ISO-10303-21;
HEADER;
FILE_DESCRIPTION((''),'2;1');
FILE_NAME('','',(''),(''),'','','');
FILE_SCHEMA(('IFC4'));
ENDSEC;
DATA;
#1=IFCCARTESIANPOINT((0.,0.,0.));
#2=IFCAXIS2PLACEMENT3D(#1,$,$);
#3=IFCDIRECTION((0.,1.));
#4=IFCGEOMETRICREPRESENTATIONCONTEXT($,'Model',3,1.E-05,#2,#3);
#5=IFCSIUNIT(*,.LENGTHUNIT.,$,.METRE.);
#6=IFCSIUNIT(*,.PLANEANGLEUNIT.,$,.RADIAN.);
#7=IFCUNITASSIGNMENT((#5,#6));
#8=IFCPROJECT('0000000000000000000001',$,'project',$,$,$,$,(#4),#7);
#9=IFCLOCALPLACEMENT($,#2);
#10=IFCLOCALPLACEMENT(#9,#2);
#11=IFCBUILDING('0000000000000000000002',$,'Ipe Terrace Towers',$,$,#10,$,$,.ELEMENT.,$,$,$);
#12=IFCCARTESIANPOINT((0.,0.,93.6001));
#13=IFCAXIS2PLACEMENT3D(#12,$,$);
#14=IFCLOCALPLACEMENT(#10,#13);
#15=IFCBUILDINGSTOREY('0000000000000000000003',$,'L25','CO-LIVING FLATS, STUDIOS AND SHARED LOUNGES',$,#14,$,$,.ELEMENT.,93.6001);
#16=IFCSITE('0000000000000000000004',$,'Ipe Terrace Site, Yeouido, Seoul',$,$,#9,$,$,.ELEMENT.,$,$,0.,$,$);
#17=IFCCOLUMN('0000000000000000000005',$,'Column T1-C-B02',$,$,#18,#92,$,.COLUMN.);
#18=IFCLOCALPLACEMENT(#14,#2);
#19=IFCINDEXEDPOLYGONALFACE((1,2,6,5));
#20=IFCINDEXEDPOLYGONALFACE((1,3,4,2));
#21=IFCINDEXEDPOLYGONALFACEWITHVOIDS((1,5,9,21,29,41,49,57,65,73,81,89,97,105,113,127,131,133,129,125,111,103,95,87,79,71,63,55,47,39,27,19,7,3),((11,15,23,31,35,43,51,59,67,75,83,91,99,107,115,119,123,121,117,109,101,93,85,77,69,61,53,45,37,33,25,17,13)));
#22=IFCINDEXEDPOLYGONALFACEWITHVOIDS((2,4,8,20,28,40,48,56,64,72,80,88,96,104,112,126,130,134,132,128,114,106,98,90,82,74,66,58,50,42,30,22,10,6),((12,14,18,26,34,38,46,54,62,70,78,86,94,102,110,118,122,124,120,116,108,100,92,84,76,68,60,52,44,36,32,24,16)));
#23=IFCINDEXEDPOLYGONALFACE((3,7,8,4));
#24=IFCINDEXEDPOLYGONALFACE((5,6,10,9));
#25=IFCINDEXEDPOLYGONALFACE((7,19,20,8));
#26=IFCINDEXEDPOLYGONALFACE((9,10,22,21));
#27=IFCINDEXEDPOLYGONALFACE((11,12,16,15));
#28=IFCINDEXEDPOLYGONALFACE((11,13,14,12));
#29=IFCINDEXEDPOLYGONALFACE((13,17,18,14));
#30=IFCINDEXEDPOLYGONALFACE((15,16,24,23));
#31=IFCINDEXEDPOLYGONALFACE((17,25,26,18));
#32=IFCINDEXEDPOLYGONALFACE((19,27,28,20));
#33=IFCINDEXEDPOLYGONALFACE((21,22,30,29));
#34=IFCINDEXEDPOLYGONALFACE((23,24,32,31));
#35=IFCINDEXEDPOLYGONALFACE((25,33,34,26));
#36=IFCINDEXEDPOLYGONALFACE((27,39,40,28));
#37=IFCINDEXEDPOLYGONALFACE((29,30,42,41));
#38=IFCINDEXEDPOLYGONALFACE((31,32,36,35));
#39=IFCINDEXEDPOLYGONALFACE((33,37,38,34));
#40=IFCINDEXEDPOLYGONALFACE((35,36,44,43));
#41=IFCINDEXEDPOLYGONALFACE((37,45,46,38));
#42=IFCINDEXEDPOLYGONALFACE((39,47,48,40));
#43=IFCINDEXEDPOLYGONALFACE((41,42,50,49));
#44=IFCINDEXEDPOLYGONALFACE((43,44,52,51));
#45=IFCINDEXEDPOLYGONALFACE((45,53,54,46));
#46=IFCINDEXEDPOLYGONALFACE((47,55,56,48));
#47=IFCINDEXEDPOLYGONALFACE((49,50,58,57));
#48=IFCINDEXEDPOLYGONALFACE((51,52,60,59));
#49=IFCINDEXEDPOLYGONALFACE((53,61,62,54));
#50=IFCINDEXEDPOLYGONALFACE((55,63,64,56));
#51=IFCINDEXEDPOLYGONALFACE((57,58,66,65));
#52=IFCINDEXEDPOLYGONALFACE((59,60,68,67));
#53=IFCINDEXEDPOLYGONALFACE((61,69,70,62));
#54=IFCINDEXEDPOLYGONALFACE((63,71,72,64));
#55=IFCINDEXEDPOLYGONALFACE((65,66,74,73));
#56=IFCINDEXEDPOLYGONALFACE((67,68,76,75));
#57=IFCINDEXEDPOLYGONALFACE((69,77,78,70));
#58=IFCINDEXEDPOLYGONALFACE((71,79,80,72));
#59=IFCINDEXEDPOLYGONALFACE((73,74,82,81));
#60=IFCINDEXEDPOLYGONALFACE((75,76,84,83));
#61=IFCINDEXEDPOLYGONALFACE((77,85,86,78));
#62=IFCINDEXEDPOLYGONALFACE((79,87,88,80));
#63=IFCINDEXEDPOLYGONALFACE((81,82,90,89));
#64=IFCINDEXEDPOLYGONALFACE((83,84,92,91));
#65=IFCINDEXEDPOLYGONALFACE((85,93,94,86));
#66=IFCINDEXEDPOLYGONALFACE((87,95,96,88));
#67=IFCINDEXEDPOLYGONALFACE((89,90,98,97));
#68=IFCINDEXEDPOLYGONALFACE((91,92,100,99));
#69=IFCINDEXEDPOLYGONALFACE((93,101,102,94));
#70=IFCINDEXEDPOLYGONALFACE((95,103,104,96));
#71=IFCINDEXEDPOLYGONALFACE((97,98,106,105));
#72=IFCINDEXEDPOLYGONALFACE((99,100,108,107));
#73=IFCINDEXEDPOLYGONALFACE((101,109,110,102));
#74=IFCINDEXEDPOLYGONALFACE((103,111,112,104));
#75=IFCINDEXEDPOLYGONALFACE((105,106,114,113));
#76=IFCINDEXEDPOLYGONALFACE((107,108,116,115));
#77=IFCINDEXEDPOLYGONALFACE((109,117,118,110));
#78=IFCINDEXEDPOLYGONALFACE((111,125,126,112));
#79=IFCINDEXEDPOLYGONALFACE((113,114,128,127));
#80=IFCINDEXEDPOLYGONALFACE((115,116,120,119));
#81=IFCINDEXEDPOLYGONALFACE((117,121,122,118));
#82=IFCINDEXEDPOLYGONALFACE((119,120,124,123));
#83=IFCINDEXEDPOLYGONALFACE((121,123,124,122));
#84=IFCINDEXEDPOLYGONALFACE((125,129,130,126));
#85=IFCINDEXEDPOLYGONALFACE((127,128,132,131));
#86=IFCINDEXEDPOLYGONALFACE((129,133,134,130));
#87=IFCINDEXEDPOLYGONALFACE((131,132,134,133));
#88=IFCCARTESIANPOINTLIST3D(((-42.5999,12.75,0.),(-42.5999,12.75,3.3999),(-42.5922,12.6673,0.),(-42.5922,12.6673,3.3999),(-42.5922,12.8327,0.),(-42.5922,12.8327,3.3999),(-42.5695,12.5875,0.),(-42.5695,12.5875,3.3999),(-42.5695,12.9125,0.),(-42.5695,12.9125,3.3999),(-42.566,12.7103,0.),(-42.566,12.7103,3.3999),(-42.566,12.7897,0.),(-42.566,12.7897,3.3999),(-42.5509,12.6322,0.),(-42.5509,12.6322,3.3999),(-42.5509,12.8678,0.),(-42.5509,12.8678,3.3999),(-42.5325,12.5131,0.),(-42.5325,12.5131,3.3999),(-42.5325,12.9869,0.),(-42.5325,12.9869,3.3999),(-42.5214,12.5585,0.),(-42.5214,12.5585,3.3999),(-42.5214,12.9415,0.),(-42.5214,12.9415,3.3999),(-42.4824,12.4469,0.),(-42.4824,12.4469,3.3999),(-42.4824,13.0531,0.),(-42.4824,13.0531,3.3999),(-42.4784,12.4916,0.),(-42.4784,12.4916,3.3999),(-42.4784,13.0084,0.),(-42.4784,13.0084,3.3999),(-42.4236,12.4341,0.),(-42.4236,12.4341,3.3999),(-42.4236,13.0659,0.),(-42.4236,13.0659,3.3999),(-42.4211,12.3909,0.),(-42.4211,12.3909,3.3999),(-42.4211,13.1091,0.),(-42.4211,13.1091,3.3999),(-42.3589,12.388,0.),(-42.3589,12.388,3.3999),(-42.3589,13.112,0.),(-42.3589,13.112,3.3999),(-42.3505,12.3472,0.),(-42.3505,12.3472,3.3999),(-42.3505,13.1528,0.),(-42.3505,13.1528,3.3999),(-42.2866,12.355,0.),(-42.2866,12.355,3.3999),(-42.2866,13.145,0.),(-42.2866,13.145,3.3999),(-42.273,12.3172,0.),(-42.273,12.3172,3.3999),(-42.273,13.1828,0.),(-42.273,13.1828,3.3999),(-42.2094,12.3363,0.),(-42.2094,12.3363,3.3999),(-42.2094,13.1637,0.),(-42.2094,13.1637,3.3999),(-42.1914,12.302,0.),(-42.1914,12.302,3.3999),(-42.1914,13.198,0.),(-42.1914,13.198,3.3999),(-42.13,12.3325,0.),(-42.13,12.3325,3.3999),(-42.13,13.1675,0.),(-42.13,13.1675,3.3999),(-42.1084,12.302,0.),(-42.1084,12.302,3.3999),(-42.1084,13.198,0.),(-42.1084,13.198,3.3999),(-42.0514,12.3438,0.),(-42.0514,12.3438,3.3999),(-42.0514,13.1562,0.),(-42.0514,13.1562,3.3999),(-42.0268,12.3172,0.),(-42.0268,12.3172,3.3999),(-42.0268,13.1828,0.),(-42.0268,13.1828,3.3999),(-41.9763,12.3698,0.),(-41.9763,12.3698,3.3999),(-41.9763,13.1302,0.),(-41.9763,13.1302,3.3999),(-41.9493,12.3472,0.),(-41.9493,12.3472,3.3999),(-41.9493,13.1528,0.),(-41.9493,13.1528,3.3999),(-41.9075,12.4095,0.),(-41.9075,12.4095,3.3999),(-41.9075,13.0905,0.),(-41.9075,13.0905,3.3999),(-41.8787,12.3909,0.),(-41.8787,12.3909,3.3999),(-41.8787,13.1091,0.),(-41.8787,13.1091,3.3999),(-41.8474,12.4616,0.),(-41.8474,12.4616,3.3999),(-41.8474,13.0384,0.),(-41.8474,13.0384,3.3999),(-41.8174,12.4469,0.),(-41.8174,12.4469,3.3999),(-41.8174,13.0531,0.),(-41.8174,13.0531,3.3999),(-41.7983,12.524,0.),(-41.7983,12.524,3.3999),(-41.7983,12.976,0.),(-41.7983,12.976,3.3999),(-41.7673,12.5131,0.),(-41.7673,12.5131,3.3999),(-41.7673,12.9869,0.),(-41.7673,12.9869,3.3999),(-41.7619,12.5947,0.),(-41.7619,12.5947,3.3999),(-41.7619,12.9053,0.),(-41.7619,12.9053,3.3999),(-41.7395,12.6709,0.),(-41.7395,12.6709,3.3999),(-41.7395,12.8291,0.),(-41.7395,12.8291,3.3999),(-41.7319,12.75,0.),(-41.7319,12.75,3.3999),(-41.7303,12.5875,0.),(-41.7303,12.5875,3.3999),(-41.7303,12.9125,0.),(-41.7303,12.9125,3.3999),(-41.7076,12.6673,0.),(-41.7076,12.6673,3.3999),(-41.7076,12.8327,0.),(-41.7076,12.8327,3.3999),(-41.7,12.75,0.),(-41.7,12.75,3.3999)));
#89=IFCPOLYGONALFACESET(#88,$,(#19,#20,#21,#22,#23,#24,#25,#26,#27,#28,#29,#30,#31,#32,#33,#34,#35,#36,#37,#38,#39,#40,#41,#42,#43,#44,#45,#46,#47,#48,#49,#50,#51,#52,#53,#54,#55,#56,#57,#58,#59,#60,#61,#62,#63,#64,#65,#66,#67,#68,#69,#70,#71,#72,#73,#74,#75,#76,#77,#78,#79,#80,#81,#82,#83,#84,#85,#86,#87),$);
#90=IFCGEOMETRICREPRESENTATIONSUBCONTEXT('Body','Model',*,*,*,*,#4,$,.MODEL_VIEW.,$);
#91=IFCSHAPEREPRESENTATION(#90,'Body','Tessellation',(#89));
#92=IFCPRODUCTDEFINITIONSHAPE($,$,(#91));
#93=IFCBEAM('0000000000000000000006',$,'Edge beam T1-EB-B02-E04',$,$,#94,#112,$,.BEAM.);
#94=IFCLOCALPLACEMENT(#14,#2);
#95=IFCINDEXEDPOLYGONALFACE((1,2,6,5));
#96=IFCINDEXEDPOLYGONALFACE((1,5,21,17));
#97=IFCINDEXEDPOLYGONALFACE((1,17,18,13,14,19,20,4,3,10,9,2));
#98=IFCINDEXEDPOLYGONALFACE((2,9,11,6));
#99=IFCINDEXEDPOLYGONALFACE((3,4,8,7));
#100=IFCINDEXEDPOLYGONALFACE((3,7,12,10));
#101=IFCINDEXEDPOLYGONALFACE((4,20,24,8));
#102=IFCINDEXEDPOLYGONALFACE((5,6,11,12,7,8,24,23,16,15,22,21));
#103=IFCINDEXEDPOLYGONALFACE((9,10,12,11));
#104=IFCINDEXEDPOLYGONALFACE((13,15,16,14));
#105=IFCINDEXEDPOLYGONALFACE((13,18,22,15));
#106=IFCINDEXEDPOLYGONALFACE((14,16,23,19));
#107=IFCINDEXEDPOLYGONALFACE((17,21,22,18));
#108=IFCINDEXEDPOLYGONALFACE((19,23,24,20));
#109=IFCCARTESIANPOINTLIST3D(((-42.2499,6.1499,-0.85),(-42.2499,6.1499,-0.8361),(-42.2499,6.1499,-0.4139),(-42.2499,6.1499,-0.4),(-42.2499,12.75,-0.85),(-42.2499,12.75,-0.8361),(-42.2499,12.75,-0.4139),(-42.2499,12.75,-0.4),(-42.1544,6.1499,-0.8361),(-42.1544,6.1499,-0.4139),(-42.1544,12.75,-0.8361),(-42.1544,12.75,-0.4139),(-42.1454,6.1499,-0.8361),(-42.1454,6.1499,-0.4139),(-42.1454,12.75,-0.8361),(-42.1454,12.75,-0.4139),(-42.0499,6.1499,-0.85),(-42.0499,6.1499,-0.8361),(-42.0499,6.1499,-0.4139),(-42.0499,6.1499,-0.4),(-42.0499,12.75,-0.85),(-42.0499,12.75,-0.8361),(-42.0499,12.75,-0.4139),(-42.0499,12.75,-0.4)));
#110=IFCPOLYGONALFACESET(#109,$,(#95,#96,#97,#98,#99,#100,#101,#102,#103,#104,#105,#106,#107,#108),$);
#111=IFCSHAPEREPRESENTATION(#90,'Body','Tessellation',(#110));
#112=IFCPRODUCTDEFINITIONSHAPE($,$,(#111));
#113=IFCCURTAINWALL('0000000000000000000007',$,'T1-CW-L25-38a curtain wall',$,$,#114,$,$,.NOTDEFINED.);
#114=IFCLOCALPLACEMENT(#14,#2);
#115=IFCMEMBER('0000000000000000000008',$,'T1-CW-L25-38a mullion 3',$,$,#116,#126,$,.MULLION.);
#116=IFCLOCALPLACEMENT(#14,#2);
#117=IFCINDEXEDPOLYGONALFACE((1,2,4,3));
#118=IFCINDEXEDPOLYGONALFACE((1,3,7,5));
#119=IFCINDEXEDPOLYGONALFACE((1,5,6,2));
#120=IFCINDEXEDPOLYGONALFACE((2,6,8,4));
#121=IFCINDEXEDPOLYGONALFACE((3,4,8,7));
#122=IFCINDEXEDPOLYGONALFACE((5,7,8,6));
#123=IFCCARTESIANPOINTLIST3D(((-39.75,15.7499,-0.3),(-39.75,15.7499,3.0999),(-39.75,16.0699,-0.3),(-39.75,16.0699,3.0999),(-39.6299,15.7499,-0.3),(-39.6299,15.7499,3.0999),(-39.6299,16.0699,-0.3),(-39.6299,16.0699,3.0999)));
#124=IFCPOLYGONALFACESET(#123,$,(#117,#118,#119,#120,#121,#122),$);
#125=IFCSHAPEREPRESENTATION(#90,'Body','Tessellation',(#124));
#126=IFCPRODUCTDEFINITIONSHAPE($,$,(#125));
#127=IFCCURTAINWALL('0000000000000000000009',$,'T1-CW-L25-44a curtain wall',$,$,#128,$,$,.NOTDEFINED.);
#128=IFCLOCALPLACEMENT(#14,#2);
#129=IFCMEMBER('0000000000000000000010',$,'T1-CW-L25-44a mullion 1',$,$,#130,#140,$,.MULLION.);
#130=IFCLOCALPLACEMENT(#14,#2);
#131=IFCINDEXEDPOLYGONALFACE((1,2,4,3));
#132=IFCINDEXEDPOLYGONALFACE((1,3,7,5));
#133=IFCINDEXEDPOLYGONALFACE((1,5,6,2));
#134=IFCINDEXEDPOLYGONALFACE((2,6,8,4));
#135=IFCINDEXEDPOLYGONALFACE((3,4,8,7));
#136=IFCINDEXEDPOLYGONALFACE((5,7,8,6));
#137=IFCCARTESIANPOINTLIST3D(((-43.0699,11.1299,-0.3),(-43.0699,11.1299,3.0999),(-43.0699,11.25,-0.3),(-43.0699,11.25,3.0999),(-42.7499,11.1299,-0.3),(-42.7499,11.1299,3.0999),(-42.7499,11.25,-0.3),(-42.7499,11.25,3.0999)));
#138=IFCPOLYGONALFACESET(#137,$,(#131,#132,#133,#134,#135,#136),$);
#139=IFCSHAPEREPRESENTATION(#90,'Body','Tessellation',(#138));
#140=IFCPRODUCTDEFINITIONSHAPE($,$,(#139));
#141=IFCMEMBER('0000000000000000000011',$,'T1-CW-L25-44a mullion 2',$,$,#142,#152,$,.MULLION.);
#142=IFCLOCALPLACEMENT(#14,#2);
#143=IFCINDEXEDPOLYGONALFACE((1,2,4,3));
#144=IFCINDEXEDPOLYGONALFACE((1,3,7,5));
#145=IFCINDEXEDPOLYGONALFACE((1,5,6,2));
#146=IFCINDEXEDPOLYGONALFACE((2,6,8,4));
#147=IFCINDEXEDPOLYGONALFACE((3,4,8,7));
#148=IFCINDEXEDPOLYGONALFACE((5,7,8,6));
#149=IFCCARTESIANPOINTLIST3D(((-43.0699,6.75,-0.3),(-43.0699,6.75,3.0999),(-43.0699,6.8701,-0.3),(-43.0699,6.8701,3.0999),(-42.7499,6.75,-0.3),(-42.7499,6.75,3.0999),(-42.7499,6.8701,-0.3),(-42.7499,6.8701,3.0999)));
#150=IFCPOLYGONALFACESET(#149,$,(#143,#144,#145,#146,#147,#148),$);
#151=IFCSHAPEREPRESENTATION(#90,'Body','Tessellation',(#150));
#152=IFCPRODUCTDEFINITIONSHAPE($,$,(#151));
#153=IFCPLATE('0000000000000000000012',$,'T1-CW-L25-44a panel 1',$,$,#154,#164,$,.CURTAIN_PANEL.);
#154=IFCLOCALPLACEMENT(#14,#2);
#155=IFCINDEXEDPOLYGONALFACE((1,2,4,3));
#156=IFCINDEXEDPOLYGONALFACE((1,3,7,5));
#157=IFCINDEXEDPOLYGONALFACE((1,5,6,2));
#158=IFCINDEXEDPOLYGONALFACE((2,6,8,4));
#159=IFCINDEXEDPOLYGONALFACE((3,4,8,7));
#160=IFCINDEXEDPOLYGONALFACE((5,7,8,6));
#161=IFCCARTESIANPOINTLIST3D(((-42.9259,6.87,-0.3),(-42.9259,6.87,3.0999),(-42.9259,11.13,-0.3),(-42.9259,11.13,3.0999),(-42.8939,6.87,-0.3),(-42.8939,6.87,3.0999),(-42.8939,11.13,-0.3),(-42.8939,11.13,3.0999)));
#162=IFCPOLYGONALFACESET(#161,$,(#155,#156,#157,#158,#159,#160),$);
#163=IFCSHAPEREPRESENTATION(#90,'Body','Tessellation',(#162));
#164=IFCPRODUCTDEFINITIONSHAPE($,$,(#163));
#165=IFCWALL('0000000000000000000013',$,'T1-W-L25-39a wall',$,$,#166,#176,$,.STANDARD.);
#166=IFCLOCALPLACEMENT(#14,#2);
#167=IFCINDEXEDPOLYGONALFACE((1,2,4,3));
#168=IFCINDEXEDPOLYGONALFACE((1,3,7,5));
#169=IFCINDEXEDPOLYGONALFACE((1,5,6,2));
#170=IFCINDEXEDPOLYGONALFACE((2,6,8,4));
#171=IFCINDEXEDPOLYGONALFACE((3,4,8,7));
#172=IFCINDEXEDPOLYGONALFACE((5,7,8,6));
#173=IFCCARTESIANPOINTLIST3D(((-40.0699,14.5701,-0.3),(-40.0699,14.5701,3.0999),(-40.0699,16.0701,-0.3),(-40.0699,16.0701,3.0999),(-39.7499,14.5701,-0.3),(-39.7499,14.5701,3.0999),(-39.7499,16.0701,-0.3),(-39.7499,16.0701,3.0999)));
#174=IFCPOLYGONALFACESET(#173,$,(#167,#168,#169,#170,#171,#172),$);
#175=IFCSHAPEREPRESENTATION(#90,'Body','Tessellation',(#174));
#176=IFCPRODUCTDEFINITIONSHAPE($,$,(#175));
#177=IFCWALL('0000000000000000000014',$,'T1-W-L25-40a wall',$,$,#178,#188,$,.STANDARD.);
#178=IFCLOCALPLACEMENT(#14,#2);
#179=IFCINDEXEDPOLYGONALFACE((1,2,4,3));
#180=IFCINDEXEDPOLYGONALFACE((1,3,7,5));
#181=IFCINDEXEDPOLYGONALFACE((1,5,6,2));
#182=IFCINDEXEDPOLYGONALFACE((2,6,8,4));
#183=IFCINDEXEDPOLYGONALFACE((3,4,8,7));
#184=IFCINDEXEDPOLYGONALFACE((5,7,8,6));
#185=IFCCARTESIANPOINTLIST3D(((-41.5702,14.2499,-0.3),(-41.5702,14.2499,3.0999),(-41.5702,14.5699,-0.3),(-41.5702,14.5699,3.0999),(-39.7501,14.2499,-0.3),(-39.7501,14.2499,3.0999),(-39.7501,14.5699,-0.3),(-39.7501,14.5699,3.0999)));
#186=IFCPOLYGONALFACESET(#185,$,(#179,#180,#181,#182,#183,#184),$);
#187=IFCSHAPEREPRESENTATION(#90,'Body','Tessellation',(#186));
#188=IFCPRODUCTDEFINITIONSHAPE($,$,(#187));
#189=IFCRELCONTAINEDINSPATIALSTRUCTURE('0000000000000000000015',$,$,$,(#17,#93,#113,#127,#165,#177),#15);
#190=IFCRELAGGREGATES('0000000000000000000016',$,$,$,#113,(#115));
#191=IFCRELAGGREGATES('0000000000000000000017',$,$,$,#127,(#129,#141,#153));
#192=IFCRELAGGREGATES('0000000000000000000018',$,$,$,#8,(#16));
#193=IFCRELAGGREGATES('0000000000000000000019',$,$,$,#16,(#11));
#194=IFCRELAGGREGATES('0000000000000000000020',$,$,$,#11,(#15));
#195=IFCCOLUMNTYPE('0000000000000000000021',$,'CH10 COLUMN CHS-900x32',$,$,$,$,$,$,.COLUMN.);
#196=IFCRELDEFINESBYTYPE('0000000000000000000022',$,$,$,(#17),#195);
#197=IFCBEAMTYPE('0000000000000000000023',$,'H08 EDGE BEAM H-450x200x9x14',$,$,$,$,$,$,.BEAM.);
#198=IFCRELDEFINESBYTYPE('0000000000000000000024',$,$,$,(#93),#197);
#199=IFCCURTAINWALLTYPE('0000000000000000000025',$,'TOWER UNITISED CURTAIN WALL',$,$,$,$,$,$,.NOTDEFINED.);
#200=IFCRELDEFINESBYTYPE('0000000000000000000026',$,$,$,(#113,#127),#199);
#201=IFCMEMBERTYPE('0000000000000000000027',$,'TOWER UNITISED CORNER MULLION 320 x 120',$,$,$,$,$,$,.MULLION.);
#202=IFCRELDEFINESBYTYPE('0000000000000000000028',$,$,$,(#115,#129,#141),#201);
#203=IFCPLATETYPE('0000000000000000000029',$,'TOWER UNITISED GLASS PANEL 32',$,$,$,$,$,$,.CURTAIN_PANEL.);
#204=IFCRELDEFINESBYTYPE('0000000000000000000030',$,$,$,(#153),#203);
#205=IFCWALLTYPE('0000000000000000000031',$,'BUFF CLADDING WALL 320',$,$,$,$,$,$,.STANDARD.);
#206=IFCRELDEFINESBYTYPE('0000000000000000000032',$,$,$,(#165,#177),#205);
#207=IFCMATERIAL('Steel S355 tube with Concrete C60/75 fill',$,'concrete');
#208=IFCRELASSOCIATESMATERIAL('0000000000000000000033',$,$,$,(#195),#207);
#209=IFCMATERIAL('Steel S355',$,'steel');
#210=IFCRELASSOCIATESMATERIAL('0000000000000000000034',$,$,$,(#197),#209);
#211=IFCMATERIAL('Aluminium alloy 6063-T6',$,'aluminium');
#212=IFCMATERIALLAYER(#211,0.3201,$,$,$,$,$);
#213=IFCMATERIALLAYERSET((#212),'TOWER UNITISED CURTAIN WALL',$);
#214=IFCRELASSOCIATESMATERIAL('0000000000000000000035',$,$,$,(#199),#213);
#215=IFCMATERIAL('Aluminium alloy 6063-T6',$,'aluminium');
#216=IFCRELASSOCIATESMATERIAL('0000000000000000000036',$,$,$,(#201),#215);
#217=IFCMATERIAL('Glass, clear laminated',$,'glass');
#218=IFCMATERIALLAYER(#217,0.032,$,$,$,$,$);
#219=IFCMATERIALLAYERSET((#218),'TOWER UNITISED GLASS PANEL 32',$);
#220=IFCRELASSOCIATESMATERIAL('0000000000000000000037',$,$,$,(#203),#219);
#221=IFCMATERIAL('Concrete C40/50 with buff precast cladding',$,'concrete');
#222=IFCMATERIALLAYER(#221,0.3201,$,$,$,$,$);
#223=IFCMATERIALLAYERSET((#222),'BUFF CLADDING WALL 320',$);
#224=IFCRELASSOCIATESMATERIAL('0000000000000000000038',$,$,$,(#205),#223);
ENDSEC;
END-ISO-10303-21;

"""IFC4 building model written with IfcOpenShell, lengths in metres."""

from ifc_helpers import new_model, si_unit, direction, frame, frame_2d, origin, origin_2d, place, context, subcontext, project, spatial, rectangle, hollow_circle, i_section, extrude, material, layer, layer_set, material_profile, profile_set, type_object, element, aggregate, save


model = new_model("IFC4")

# Units and contexts
model_context = context("Model", 3, precision=1e-05, world=origin(), true_north=direction((0.0, 1.0)))
body_context = subcontext(model_context, "Body", "Model", "MODEL_VIEW")
ifc_project = project(units=[si_unit("LENGTHUNIT", "METRE"), si_unit("PLANEANGLEUNIT", "RADIAN")], contexts=[model_context])

# Site, building, storey
site_placement = place(None, origin())
site = spatial("IfcSite", under=ifc_project, at=site_placement, Name="Ipe Terrace Site, Yeouido, Seoul", CompositionType="ELEMENT", RefElevation=0.0)
building_placement = place(site_placement, origin())
building = spatial("IfcBuilding", under=site, at=building_placement, Name="Ipe Terrace Towers", CompositionType="ELEMENT")
storey_placement = place(building_placement, frame((0.0, 0.0, 93.6001)))
storey = spatial("IfcBuildingStorey", under=building, at=storey_placement, Name="L25", Description="CO-LIVING FLATS, STUDIOS AND SHARED LOUNGES", CompositionType="ELEMENT", Elevation=93.6001)

# Column
ifc_material_1 = material(Name="Steel S355 tube with Concrete C60/75 fill", Category="concrete")
ifc_material_profile_1 = material_profile(ifc_material_1, hollow_circle(Radius=0.45, WallThickness=0.032, at=origin_2d()), Name="CHS-900x32")
ifc_profile_set_1 = profile_set([ifc_material_profile_1], Name="Steel S355 tube with Concrete C60/75 fill")
column_type = type_object("IfcColumnType", Name="CH10 COLUMN CHS-900x32", PredefinedType="COLUMN", material=ifc_profile_set_1)
column_placement = place(storey_placement, frame((-42.1499, 12.75, 0.0), z_axis=(0.0, 0.0, 1.0), x_axis=(1.0, 0.0, 0.0)))
element("IfcColumn", 1, at=column_placement, inside=storey, type_object=column_type, Name="Column T1-C-B02", PredefinedType="COLUMN", context=body_context, shape_type="SweptSolid", body=[
    extrude(hollow_circle(Radius=0.45, WallThickness=0.032, at=origin_2d()), origin(), (0.0, 0.0, 1.0), 3.3999),
])

# Beam
ifc_material_2 = material(Name="Steel S355", Category="steel")
ifc_material_profile_2 = material_profile(ifc_material_2, i_section(OverallWidth=0.2, OverallDepth=0.45, WebThickness=0.009, FlangeThickness=0.0139, at=origin_2d()), Name="H-450x200x9x14")
ifc_profile_set_2 = profile_set([ifc_material_profile_2], Name="Steel S355")
beam_type = type_object("IfcBeamType", Name="H08 EDGE BEAM H-450x200x9x14", PredefinedType="BEAM", material=ifc_profile_set_2)
beam_placement = place(storey_placement, frame((-42.1499, 12.75, -0.625), z_axis=(0.0, -1.0, 0.0), x_axis=(1.0, 0.0, 0.0)))
element("IfcBeam", 2, at=beam_placement, inside=storey, type_object=beam_type, Name="Edge beam T1-EB-B02-E04", PredefinedType="BEAM", context=body_context, shape_type="SweptSolid", body=[
    extrude(i_section(OverallWidth=0.2, OverallDepth=0.45, WebThickness=0.009, FlangeThickness=0.0139, at=origin_2d()), origin(), (0.0, 0.0, 1.0), 6.6001),
])

# Curtain wall, member
ifc_material_3 = material(Name="Aluminium alloy 6063-T6", Category="aluminium")
ifc_layer_1 = layer(ifc_material_3, 0.3201)
ifc_layer_set_1 = layer_set([ifc_layer_1], Name="TOWER UNITISED CURTAIN WALL")
curtain_wall_type = type_object("IfcCurtainWallType", Name="TOWER UNITISED CURTAIN WALL", PredefinedType="NOTDEFINED", material=ifc_layer_set_1)
curtain_wall_1_placement = place(storey_placement, origin())
curtain_wall_1 = element("IfcCurtainWall", 3, at=curtain_wall_1_placement, inside=storey, type_object=curtain_wall_type, Name="T1-CW-L25-38a curtain wall", PredefinedType="NOTDEFINED")
ifc_material_4 = material(Name="Aluminium alloy 6063-T6", Category="aluminium")
ifc_material_profile_3 = material_profile(ifc_material_4, rectangle(XDim=0.3201, YDim=0.1201, at=origin_2d()), Name="TOWER UNITISED CORNER MULLION 320 x 120")
ifc_profile_set_3 = profile_set([ifc_material_profile_3], Name="Aluminium alloy 6063-T6")
member_type = type_object("IfcMemberType", Name="TOWER UNITISED CORNER MULLION 320 x 120", PredefinedType="MULLION", material=ifc_profile_set_3)
member_1_placement = place(storey_placement, frame((-39.6899, 15.9099, -0.3), z_axis=(0.0, 0.0, 1.0), x_axis=(0.0, 1.0, 0.0)))
member_1 = element("IfcMember", 4, at=member_1_placement, type_object=member_type, Name="T1-CW-L25-38a mullion 3", PredefinedType="MULLION", context=body_context, shape_type="SweptSolid", body=[
    extrude(rectangle(XDim=0.3201, YDim=0.1201, at=origin_2d()), origin(), (0.0, 0.0, 1.0), 3.3999),
])
aggregate(curtain_wall_1, [member_1])

# Curtain wall, members, plate
curtain_wall_2_placement = place(storey_placement, origin())
curtain_wall_2 = element("IfcCurtainWall", 5, at=curtain_wall_2_placement, inside=storey, type_object=curtain_wall_type, Name="T1-CW-L25-44a curtain wall", PredefinedType="NOTDEFINED")
member_2_placement = place(storey_placement, frame((-42.9099, 11.1899, -0.3), z_axis=(0.0, 0.0, 1.0), x_axis=(-1.0, 0.0, 0.0)))
member_2 = element("IfcMember", 6, at=member_2_placement, type_object=member_type, Name="T1-CW-L25-44a mullion 1", PredefinedType="MULLION", context=body_context, shape_type="SweptSolid", body=[
    extrude(rectangle(XDim=0.3201, YDim=0.1201, at=origin_2d()), origin(), (0.0, 0.0, 1.0), 3.3999),
])
member_3_placement = place(storey_placement, frame((-42.9099, 6.8101, -0.3), z_axis=(0.0, 0.0, 1.0), x_axis=(-1.0, 0.0, 0.0)))
member_3 = element("IfcMember", 7, at=member_3_placement, type_object=member_type, Name="T1-CW-L25-44a mullion 2", PredefinedType="MULLION", context=body_context, shape_type="SweptSolid", body=[
    extrude(rectangle(XDim=0.3201, YDim=0.1201, at=origin_2d()), origin(), (0.0, 0.0, 1.0), 3.3999),
])
ifc_material_5 = material(Name="Glass, clear laminated", Category="glass")
ifc_layer_2 = layer(ifc_material_5, 0.032)
ifc_layer_set_2 = layer_set([ifc_layer_2], Name="TOWER UNITISED GLASS PANEL 32")
plate_type = type_object("IfcPlateType", Name="TOWER UNITISED GLASS PANEL 32", PredefinedType="CURTAIN_PANEL", material=ifc_layer_set_2)
plate_placement = place(storey_placement, frame((-42.9099, 9.0, -0.3), z_axis=(0.0, 0.0, 1.0), x_axis=(0.0, -1.0, 0.0)))
plate = element("IfcPlate", 8, at=plate_placement, type_object=plate_type, Name="T1-CW-L25-44a panel 1", PredefinedType="CURTAIN_PANEL", context=body_context, shape_type="SweptSolid", body=[
    extrude(rectangle(XDim=4.26, YDim=0.032, at=origin_2d()), origin(), (0.0, 0.0, 1.0), 3.3999),
])
aggregate(curtain_wall_2, [member_2, member_3, plate])

# Walls
ifc_material_6 = material(Name="Concrete C40/50 with buff precast cladding", Category="concrete")
ifc_layer_3 = layer(ifc_material_6, 0.3201)
ifc_layer_set_3 = layer_set([ifc_layer_3], Name="BUFF CLADDING WALL 320")
wall_type_1 = type_object("IfcWallType", Name="BUFF CLADDING WALL 320", PredefinedType="STANDARD", material=ifc_layer_set_3)
wall_1_placement = place(storey_placement, frame((-39.9099, 16.0701, -0.3), z_axis=(0.0, 0.0, 1.0), x_axis=(0.0, -1.0, 0.0)))
element("IfcWall", 9, at=wall_1_placement, inside=storey, type_object=wall_type_1, Name="T1-W-L25-39a wall", PredefinedType="STANDARD", context=body_context, shape_type="SweptSolid", body=[
    extrude(rectangle(XDim=1.5, YDim=0.3201, at=frame_2d((0.75, 0.0))), origin(), (0.0, 0.0, 1.0), 3.3999),
])
wall_2_placement = place(storey_placement, frame((-39.75, 14.4099, -0.3), z_axis=(0.0, 0.0, 1.0), x_axis=(-1.0, 0.0, 0.0)))
element("IfcWall", 10, at=wall_2_placement, inside=storey, type_object=wall_type_1, Name="T1-W-L25-40a wall", PredefinedType="STANDARD", context=body_context, shape_type="SweptSolid", body=[
    extrude(rectangle(XDim=1.8201, YDim=0.3201, at=frame_2d((0.9102, 0.0))), origin(), (0.0, 0.0, 1.0), 3.3999),
])

save(model, "model.ifc")
